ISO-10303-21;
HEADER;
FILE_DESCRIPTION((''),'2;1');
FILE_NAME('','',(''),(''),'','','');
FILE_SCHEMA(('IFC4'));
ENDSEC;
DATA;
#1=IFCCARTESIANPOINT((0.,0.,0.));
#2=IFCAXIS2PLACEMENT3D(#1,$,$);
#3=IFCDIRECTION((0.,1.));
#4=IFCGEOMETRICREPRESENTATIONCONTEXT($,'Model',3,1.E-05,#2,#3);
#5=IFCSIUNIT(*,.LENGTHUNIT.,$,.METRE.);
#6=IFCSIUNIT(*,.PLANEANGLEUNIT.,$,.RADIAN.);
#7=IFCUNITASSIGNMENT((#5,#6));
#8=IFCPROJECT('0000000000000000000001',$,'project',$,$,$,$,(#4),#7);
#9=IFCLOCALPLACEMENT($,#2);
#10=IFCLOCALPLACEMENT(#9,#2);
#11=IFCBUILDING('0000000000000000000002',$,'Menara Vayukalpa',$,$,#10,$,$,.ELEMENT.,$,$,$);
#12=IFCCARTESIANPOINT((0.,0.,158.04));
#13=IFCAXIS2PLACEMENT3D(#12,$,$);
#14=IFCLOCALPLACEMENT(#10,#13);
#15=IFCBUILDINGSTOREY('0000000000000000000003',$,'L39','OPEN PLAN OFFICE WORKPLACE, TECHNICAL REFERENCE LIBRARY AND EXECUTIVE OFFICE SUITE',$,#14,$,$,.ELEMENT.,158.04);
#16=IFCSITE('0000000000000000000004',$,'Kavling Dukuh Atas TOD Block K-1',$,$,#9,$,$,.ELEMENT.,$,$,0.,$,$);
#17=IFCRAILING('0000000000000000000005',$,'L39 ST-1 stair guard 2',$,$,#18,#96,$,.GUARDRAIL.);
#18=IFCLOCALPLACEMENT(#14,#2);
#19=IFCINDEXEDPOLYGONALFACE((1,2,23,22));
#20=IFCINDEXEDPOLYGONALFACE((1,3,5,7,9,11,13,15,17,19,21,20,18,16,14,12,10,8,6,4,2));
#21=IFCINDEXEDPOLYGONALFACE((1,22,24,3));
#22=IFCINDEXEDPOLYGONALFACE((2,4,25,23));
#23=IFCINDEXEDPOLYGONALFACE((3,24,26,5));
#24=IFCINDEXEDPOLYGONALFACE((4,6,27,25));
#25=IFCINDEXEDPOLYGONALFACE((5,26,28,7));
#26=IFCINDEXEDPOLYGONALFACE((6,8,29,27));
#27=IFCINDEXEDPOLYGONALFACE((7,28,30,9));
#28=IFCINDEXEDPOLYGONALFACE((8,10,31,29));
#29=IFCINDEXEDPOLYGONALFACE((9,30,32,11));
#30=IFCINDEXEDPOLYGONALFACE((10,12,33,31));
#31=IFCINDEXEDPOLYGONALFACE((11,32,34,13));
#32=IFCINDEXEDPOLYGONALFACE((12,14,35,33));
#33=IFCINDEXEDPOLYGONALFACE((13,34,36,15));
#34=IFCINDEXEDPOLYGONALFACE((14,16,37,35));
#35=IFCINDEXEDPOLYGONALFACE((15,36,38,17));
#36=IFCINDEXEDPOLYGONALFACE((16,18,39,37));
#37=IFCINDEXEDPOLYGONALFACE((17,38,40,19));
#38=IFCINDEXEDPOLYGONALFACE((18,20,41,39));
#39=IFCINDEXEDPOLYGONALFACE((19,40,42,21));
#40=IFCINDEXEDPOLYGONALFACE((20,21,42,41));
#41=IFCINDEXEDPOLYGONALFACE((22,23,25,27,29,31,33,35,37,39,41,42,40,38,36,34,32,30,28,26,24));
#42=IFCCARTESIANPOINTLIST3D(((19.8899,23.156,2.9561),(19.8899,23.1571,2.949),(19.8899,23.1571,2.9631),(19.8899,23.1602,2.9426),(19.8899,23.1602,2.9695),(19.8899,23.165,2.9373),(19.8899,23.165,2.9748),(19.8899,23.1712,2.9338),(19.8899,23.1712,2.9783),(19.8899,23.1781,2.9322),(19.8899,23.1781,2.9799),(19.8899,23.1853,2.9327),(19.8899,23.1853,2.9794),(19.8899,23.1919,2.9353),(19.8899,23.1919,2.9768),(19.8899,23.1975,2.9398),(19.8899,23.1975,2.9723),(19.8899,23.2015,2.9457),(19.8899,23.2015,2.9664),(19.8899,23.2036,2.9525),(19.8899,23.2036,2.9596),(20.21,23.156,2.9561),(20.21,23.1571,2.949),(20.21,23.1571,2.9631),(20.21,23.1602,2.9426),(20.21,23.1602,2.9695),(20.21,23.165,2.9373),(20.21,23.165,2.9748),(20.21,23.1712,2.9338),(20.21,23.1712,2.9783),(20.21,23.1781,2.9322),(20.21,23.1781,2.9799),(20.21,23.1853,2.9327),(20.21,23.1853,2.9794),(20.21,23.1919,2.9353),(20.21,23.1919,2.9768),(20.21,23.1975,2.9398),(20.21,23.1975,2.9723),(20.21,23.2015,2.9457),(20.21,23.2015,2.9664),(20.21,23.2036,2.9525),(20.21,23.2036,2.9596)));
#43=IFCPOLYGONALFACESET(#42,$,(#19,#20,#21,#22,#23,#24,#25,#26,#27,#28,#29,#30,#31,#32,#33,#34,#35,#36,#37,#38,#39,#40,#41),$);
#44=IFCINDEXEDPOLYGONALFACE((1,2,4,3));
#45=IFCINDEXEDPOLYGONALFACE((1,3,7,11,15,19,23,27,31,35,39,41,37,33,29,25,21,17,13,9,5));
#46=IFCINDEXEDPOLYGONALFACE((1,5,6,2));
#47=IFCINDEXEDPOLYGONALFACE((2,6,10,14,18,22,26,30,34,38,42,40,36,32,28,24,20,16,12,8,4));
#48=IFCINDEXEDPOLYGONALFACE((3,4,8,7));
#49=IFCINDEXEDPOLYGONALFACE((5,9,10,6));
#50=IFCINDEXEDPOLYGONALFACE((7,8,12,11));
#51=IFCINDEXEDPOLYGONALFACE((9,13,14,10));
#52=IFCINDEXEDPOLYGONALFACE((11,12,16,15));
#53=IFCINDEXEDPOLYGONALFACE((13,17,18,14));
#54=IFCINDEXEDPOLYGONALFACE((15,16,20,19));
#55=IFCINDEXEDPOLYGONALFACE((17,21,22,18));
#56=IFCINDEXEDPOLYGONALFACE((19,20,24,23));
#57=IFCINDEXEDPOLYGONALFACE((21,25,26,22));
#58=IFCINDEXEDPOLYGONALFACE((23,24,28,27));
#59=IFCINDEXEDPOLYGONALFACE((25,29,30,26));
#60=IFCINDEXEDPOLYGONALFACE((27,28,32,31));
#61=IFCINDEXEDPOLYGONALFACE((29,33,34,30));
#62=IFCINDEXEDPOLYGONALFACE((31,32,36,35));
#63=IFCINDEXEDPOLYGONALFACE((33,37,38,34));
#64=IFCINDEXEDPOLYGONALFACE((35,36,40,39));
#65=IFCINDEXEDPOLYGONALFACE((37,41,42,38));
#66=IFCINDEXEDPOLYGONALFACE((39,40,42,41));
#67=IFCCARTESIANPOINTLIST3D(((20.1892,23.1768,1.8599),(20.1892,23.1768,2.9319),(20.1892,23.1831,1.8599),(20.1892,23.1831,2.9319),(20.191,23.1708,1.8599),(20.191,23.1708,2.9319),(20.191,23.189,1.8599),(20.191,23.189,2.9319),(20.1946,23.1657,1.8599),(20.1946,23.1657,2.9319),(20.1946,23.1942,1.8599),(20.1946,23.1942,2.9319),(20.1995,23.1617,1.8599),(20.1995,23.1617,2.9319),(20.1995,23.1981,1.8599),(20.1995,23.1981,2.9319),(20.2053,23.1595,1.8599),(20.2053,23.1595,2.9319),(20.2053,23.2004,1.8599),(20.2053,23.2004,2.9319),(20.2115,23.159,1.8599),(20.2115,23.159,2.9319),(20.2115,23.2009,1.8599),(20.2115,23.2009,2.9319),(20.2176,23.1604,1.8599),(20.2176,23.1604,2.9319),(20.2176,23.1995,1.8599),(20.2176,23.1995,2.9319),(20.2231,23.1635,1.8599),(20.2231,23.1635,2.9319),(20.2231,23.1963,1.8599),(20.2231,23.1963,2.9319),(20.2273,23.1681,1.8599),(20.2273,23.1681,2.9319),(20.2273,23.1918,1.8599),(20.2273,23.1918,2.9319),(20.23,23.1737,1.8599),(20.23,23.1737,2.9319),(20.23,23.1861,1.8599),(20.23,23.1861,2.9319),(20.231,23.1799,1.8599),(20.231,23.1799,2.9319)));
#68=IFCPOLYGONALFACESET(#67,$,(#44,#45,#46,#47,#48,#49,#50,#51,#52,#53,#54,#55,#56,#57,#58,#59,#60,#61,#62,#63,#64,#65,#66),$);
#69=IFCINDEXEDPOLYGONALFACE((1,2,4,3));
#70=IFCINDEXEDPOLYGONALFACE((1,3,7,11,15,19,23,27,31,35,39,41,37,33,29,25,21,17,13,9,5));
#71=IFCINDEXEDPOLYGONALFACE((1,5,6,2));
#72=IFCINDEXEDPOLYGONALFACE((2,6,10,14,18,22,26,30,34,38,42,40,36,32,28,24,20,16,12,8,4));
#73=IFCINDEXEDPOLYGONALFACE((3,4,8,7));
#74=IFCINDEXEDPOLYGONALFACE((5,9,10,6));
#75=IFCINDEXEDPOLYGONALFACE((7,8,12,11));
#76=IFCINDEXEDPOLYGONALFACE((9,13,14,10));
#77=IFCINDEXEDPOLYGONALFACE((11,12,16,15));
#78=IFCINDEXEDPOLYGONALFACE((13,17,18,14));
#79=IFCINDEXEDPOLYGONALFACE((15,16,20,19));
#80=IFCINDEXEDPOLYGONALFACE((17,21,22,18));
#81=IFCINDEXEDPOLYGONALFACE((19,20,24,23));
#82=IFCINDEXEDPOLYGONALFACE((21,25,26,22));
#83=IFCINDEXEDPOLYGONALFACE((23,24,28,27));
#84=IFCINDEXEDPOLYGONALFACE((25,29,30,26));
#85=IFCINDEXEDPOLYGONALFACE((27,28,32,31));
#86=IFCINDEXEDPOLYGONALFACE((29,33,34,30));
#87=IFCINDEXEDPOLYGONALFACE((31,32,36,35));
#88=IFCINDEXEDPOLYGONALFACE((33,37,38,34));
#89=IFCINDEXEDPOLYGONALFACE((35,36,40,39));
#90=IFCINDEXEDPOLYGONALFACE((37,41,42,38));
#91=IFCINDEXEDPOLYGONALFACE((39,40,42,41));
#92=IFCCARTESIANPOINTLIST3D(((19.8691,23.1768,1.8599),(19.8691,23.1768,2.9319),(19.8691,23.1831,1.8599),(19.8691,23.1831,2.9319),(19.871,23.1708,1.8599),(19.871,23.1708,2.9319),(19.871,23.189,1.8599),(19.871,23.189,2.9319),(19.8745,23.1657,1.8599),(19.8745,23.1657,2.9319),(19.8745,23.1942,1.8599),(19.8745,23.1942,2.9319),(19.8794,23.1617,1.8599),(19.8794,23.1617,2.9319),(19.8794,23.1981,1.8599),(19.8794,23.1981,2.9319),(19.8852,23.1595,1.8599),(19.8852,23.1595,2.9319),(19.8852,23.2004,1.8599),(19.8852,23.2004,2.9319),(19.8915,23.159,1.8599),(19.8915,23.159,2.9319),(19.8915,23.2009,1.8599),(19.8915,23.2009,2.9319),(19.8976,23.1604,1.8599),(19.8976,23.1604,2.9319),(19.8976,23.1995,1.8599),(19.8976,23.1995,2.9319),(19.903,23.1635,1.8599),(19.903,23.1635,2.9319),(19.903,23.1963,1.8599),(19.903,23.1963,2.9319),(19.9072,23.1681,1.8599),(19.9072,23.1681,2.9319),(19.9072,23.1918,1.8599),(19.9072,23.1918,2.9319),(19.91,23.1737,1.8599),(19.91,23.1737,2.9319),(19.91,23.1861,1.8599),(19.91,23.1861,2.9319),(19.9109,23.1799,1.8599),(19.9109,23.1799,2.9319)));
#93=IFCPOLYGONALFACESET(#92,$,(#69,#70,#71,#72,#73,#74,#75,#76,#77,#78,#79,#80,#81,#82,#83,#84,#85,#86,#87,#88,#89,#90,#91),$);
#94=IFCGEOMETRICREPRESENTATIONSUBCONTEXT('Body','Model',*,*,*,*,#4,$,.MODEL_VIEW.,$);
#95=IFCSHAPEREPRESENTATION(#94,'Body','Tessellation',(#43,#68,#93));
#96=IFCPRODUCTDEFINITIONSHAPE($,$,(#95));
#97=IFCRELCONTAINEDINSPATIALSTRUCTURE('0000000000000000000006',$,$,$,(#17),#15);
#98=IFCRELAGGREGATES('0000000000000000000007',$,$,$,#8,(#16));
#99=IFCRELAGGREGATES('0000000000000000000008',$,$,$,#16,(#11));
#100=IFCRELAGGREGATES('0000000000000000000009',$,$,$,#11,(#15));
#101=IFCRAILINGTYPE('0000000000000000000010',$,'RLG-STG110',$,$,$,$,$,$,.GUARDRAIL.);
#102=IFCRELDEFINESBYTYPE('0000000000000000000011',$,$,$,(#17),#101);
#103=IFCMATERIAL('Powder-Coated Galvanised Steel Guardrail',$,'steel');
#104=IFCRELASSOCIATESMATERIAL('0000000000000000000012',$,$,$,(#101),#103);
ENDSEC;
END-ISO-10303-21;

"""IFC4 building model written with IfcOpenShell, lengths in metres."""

from ifc_helpers import new_model, si_unit, direction, frame, origin, origin_2d, place, context, subcontext, project, spatial, circle, extrude, material, type_object, element, save


model = new_model("IFC4")

# Units and contexts
model_context = context("Model", 3, precision=1e-05, world=origin(), true_north=direction((0.0, 1.0)))
body_context = subcontext(model_context, "Body", "Model", "MODEL_VIEW")
ifc_project = project(units=[si_unit("LENGTHUNIT", "METRE"), si_unit("PLANEANGLEUNIT", "RADIAN")], contexts=[model_context])

# Site, building, storey
site_placement = place(None, origin())
site = spatial("IfcSite", under=ifc_project, at=site_placement, Name="Kavling Dukuh Atas TOD Block K-1", CompositionType="ELEMENT", RefElevation=0.0)
building_placement = place(site_placement, origin())
building = spatial("IfcBuilding", under=site, at=building_placement, Name="Menara Vayukalpa", CompositionType="ELEMENT")
storey_placement = place(building_placement, frame((0.0, 0.0, 158.04)))
storey = spatial("IfcBuildingStorey", under=building, at=storey_placement, Name="L39", Description="OPEN PLAN OFFICE WORKPLACE, TECHNICAL REFERENCE LIBRARY AND EXECUTIVE OFFICE SUITE", CompositionType="ELEMENT", Elevation=158.04)

# Railing
ifc_material_1 = material(Name="Powder-Coated Galvanised Steel Guardrail", Category="steel")
railing_type_1 = type_object("IfcRailingType", Name="RLG-STG110", PredefinedType="GUARDRAIL", material=ifc_material_1)
railing_1_placement = place(storey_placement, frame((20.21, 23.1799, 1.8599)))
element("IfcRailing", 1, at=railing_1_placement, inside=storey, type_object=railing_type_1, Name="L39 ST-1 stair guard 2", PredefinedType="GUARDRAIL", context=body_context, shape_type="SweptSolid", body=[
    extrude(circle(Radius=0.0239, at=origin_2d()), frame((0.0, 0.0, 1.0962), z_axis=(-1.0, 0.0, 0.0), x_axis=(0.0, -1.0, 0.0)), (0.0, 0.0, 1.0), 0.3201),
    extrude(circle(Radius=0.021, at=origin_2d()), origin(), (0.0, 0.0, 1.0), 1.072),
    extrude(circle(Radius=0.021, at=origin_2d()), frame((-0.3201, 0.0, 0.0)), (0.0, 0.0, 1.0), 1.072),
])

save(model, "model.ifc")
